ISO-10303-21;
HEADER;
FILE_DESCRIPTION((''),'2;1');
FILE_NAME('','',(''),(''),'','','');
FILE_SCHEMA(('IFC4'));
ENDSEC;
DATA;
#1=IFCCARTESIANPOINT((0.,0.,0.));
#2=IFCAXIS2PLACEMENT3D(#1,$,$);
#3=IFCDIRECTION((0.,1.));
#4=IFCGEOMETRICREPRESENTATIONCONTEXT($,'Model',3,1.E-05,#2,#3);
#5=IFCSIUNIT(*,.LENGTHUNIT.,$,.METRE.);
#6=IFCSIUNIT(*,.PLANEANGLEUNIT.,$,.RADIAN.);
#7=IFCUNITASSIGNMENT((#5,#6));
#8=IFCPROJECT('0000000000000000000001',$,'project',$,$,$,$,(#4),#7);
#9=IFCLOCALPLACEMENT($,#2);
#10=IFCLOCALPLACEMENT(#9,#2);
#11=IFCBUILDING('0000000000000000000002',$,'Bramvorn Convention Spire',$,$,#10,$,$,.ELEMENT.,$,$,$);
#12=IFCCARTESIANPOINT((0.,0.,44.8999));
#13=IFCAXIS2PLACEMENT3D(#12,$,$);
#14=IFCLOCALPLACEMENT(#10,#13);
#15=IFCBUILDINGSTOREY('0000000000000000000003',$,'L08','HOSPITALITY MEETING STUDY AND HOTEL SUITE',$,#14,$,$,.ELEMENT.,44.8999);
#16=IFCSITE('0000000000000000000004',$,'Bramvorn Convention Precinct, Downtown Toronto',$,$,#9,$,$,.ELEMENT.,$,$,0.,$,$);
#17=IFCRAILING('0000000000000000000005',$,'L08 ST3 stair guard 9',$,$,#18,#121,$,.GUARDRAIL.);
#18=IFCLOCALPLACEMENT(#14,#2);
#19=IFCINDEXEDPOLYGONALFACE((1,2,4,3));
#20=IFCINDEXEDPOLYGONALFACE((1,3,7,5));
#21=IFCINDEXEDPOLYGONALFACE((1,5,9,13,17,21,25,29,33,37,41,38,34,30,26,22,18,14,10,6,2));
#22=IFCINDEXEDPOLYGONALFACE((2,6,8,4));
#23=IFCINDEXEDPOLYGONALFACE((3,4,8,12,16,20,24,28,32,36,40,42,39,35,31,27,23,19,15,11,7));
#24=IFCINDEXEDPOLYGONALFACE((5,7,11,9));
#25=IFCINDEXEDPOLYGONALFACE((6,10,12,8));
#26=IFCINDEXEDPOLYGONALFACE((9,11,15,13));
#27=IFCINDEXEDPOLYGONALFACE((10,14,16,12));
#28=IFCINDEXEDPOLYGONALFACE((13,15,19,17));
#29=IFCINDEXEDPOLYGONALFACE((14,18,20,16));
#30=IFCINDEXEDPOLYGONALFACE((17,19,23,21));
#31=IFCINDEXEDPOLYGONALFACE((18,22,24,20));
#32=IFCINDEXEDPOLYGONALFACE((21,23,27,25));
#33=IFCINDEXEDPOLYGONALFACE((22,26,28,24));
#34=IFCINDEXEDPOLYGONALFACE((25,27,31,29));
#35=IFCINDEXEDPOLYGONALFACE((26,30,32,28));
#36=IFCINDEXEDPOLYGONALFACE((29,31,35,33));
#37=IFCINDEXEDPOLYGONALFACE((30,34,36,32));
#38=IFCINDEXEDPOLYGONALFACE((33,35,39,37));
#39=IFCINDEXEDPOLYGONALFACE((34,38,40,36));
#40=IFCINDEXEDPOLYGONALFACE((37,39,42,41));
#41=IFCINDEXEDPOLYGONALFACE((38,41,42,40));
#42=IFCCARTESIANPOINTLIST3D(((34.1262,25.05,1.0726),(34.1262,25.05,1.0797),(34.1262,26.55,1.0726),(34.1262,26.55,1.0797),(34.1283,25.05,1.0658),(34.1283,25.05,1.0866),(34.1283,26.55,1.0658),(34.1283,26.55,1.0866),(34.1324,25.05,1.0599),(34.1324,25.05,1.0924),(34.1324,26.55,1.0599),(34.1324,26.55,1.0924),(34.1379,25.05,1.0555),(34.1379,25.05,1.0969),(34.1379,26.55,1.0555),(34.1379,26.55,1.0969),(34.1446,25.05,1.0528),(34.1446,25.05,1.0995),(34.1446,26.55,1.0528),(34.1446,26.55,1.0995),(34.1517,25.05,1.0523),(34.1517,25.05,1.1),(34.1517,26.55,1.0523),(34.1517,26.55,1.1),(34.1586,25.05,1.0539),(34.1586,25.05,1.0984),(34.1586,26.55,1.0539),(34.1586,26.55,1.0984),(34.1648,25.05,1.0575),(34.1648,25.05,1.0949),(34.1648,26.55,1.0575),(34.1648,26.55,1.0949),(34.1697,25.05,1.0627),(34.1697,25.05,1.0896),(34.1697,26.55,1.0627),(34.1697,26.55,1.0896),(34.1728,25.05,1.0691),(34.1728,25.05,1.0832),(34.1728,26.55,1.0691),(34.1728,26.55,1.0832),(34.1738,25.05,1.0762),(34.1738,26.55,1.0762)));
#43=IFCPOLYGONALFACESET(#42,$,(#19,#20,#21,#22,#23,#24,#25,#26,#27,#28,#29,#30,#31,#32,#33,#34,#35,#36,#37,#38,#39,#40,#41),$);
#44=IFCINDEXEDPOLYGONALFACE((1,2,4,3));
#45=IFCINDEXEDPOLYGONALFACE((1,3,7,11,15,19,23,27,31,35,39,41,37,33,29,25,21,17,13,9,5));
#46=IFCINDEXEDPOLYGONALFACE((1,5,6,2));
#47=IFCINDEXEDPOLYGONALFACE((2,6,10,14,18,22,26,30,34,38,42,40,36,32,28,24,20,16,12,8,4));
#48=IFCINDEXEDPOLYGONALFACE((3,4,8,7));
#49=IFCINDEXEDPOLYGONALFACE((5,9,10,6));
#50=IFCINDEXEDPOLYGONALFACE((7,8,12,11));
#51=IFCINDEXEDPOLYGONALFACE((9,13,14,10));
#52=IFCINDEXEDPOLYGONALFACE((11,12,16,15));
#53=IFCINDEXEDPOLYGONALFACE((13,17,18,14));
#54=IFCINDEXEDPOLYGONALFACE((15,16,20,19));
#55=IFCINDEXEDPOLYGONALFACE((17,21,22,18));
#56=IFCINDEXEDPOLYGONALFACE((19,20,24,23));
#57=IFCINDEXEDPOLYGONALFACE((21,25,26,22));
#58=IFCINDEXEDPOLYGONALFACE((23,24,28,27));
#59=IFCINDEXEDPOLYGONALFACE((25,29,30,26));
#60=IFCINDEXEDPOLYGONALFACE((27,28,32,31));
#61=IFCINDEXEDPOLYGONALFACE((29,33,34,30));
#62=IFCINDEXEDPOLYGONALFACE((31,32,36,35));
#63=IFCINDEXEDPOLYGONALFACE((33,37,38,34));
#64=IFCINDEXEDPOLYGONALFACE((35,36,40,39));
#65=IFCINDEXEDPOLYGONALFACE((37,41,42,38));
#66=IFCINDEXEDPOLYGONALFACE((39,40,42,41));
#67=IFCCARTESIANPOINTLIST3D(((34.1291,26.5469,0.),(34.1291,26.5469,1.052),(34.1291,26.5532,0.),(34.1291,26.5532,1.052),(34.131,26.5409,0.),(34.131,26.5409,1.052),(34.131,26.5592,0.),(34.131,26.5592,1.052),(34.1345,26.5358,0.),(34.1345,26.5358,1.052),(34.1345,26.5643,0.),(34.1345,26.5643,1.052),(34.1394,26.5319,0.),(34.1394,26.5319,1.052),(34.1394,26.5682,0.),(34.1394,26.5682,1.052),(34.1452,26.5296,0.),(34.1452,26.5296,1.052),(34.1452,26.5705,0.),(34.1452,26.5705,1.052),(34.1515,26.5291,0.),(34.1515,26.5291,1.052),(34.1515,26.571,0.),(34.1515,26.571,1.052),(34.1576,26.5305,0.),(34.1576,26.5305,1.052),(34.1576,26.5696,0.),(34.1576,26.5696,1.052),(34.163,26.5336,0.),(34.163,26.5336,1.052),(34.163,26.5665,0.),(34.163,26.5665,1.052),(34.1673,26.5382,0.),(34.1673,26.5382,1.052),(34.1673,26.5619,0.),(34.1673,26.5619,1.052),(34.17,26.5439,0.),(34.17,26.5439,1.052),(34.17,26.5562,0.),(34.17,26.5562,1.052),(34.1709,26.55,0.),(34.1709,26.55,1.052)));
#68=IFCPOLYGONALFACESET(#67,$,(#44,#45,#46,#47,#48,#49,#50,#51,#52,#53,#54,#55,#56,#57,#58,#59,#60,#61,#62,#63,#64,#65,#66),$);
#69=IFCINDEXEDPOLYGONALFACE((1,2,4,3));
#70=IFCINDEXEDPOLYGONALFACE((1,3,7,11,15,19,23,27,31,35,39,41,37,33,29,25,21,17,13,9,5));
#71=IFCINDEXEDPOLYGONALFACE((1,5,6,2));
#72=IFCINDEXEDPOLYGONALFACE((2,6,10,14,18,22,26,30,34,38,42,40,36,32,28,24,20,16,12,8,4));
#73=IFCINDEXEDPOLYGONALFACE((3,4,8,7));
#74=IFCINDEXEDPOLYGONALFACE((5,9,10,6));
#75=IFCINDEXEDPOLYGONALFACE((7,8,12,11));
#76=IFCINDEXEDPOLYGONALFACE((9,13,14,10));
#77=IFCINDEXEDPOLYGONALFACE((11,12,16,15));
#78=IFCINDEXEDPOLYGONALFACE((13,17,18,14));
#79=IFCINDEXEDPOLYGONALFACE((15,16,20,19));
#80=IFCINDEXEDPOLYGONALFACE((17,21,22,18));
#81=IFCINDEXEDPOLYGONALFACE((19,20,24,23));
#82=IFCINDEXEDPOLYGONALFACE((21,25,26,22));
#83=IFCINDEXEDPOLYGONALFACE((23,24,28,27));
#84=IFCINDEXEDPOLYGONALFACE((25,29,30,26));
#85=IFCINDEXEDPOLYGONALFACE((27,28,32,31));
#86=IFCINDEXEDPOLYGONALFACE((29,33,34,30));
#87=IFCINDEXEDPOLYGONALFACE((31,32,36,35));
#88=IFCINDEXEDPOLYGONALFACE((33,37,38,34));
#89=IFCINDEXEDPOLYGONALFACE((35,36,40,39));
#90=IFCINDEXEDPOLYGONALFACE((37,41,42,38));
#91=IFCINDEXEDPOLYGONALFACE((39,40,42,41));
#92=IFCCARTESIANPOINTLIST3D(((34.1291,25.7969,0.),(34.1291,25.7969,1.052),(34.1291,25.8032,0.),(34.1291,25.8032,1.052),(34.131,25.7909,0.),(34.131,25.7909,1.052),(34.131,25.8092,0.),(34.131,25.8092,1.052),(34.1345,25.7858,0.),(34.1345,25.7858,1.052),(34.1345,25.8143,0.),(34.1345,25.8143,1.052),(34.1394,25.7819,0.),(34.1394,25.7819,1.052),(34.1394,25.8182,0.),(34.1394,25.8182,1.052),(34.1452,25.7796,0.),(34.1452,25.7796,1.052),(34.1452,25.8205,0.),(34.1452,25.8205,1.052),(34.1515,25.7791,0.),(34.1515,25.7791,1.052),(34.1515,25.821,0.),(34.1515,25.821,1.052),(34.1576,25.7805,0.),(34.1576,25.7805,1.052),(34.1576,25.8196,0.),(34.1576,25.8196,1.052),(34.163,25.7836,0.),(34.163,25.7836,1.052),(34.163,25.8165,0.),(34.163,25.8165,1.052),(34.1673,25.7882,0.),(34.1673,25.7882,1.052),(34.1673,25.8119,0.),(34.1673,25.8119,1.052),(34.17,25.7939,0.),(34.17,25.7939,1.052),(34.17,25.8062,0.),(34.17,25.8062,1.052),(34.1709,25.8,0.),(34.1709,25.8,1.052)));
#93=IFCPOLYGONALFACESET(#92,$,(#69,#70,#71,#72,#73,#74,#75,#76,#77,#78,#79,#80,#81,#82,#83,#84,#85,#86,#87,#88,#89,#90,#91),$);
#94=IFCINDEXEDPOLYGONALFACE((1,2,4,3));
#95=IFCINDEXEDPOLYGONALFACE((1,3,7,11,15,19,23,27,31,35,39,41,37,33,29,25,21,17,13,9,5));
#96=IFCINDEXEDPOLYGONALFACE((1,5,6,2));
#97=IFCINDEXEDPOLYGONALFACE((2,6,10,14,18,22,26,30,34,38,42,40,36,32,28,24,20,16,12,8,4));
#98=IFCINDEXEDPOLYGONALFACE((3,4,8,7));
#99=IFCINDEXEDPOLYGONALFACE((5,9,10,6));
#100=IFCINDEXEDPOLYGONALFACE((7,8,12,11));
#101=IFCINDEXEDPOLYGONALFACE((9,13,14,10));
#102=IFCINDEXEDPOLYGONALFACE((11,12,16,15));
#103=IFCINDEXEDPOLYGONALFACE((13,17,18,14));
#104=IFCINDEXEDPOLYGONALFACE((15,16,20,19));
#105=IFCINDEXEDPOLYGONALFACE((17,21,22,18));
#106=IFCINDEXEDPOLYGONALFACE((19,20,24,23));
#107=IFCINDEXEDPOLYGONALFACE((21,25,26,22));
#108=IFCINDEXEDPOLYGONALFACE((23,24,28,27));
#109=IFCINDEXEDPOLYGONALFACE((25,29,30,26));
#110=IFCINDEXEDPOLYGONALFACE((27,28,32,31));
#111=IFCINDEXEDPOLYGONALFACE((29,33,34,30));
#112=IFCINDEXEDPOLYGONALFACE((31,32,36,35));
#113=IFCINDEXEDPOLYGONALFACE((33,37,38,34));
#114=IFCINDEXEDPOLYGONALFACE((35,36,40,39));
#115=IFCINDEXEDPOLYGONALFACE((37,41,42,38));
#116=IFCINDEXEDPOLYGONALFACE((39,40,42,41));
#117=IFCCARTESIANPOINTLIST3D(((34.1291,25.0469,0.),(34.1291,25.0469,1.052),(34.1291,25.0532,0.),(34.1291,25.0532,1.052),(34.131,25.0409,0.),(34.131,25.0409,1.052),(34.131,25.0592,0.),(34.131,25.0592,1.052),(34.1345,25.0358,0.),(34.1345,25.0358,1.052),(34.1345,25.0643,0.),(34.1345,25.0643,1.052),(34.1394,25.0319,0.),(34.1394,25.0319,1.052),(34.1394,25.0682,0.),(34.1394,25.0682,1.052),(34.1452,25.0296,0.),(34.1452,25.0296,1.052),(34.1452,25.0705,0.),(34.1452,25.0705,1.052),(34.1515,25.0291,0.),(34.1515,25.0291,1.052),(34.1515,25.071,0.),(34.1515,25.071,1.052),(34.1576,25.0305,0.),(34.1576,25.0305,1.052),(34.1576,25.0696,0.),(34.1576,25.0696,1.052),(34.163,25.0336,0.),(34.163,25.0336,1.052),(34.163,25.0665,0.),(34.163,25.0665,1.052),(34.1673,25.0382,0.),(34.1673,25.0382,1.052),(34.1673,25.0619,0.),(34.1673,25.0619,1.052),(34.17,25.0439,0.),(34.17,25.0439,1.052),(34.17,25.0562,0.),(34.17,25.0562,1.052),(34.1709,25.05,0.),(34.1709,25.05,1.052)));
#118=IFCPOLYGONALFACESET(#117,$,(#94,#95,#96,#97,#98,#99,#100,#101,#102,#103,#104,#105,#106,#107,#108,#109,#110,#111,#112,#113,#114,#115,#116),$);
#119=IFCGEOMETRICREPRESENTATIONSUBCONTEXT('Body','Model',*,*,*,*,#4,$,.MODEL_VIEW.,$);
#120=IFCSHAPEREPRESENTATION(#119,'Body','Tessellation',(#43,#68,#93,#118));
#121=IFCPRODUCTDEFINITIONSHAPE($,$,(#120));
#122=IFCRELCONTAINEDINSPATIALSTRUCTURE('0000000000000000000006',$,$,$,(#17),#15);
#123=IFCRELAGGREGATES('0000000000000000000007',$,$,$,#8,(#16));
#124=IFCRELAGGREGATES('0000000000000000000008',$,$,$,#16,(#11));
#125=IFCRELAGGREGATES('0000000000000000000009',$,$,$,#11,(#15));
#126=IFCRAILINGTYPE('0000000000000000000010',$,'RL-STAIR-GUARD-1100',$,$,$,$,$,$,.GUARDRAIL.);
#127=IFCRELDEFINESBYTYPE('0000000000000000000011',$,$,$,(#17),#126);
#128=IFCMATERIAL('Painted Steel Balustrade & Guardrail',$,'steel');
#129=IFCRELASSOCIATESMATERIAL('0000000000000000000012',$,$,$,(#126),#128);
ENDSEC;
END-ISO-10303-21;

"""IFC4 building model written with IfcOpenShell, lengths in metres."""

from ifc_helpers import new_model, si_unit, direction, frame, origin, origin_2d, place, context, subcontext, project, spatial, circle, extrude, material, type_object, element, save


model = new_model("IFC4")

# Units and contexts
model_context = context("Model", 3, precision=1e-05, world=origin(), true_north=direction((0.0, 1.0)))
body_context = subcontext(model_context, "Body", "Model", "MODEL_VIEW")
ifc_project = project(units=[si_unit("LENGTHUNIT", "METRE"), si_unit("PLANEANGLEUNIT", "RADIAN")], contexts=[model_context])

# Site, building, storey
site_placement = place(None, origin())
site = spatial("IfcSite", under=ifc_project, at=site_placement, Name="Bramvorn Convention Precinct, Downtown Toronto", CompositionType="ELEMENT", RefElevation=0.0)
building_placement = place(site_placement, origin())
building = spatial("IfcBuilding", under=site, at=building_placement, Name="Bramvorn Convention Spire", CompositionType="ELEMENT")
storey_placement = place(building_placement, frame((0.0, 0.0, 44.8999)))
storey = spatial("IfcBuildingStorey", under=building, at=storey_placement, Name="L08", Description="HOSPITALITY MEETING STUDY AND HOTEL SUITE", CompositionType="ELEMENT", Elevation=44.8999)

# Railing
ifc_material_1 = material(Name="Painted Steel Balustrade & Guardrail", Category="steel")
railing_type_1 = type_object("IfcRailingType", Name="RL-STAIR-GUARD-1100", PredefinedType="GUARDRAIL", material=ifc_material_1)
railing_1_placement = place(storey_placement, frame((34.1499, 26.55, 0.0)))
element("IfcRailing", 1, at=railing_1_placement, inside=storey, type_object=railing_type_1, Name="L08 ST3 stair guard 9", PredefinedType="GUARDRAIL", context=body_context, shape_type="SweptSolid", body=[
    extrude(circle(Radius=0.0239, at=origin_2d()), frame((0.0, 0.0, 1.0762), z_axis=(0.0, -1.0, 0.0), x_axis=(1.0, 0.0, 0.0)), (0.0, 0.0, 1.0), 1.5),
    extrude(circle(Radius=0.021, at=origin_2d()), origin(), (0.0, 0.0, 1.0), 1.052),
    extrude(circle(Radius=0.021, at=origin_2d()), frame((0.0, -0.75, 0.0)), (0.0, 0.0, 1.0), 1.052),
    extrude(circle(Radius=0.021, at=origin_2d()), frame((0.0, -1.5, 0.0)), (0.0, 0.0, 1.0), 1.052),
])

save(model, "model.ifc")
